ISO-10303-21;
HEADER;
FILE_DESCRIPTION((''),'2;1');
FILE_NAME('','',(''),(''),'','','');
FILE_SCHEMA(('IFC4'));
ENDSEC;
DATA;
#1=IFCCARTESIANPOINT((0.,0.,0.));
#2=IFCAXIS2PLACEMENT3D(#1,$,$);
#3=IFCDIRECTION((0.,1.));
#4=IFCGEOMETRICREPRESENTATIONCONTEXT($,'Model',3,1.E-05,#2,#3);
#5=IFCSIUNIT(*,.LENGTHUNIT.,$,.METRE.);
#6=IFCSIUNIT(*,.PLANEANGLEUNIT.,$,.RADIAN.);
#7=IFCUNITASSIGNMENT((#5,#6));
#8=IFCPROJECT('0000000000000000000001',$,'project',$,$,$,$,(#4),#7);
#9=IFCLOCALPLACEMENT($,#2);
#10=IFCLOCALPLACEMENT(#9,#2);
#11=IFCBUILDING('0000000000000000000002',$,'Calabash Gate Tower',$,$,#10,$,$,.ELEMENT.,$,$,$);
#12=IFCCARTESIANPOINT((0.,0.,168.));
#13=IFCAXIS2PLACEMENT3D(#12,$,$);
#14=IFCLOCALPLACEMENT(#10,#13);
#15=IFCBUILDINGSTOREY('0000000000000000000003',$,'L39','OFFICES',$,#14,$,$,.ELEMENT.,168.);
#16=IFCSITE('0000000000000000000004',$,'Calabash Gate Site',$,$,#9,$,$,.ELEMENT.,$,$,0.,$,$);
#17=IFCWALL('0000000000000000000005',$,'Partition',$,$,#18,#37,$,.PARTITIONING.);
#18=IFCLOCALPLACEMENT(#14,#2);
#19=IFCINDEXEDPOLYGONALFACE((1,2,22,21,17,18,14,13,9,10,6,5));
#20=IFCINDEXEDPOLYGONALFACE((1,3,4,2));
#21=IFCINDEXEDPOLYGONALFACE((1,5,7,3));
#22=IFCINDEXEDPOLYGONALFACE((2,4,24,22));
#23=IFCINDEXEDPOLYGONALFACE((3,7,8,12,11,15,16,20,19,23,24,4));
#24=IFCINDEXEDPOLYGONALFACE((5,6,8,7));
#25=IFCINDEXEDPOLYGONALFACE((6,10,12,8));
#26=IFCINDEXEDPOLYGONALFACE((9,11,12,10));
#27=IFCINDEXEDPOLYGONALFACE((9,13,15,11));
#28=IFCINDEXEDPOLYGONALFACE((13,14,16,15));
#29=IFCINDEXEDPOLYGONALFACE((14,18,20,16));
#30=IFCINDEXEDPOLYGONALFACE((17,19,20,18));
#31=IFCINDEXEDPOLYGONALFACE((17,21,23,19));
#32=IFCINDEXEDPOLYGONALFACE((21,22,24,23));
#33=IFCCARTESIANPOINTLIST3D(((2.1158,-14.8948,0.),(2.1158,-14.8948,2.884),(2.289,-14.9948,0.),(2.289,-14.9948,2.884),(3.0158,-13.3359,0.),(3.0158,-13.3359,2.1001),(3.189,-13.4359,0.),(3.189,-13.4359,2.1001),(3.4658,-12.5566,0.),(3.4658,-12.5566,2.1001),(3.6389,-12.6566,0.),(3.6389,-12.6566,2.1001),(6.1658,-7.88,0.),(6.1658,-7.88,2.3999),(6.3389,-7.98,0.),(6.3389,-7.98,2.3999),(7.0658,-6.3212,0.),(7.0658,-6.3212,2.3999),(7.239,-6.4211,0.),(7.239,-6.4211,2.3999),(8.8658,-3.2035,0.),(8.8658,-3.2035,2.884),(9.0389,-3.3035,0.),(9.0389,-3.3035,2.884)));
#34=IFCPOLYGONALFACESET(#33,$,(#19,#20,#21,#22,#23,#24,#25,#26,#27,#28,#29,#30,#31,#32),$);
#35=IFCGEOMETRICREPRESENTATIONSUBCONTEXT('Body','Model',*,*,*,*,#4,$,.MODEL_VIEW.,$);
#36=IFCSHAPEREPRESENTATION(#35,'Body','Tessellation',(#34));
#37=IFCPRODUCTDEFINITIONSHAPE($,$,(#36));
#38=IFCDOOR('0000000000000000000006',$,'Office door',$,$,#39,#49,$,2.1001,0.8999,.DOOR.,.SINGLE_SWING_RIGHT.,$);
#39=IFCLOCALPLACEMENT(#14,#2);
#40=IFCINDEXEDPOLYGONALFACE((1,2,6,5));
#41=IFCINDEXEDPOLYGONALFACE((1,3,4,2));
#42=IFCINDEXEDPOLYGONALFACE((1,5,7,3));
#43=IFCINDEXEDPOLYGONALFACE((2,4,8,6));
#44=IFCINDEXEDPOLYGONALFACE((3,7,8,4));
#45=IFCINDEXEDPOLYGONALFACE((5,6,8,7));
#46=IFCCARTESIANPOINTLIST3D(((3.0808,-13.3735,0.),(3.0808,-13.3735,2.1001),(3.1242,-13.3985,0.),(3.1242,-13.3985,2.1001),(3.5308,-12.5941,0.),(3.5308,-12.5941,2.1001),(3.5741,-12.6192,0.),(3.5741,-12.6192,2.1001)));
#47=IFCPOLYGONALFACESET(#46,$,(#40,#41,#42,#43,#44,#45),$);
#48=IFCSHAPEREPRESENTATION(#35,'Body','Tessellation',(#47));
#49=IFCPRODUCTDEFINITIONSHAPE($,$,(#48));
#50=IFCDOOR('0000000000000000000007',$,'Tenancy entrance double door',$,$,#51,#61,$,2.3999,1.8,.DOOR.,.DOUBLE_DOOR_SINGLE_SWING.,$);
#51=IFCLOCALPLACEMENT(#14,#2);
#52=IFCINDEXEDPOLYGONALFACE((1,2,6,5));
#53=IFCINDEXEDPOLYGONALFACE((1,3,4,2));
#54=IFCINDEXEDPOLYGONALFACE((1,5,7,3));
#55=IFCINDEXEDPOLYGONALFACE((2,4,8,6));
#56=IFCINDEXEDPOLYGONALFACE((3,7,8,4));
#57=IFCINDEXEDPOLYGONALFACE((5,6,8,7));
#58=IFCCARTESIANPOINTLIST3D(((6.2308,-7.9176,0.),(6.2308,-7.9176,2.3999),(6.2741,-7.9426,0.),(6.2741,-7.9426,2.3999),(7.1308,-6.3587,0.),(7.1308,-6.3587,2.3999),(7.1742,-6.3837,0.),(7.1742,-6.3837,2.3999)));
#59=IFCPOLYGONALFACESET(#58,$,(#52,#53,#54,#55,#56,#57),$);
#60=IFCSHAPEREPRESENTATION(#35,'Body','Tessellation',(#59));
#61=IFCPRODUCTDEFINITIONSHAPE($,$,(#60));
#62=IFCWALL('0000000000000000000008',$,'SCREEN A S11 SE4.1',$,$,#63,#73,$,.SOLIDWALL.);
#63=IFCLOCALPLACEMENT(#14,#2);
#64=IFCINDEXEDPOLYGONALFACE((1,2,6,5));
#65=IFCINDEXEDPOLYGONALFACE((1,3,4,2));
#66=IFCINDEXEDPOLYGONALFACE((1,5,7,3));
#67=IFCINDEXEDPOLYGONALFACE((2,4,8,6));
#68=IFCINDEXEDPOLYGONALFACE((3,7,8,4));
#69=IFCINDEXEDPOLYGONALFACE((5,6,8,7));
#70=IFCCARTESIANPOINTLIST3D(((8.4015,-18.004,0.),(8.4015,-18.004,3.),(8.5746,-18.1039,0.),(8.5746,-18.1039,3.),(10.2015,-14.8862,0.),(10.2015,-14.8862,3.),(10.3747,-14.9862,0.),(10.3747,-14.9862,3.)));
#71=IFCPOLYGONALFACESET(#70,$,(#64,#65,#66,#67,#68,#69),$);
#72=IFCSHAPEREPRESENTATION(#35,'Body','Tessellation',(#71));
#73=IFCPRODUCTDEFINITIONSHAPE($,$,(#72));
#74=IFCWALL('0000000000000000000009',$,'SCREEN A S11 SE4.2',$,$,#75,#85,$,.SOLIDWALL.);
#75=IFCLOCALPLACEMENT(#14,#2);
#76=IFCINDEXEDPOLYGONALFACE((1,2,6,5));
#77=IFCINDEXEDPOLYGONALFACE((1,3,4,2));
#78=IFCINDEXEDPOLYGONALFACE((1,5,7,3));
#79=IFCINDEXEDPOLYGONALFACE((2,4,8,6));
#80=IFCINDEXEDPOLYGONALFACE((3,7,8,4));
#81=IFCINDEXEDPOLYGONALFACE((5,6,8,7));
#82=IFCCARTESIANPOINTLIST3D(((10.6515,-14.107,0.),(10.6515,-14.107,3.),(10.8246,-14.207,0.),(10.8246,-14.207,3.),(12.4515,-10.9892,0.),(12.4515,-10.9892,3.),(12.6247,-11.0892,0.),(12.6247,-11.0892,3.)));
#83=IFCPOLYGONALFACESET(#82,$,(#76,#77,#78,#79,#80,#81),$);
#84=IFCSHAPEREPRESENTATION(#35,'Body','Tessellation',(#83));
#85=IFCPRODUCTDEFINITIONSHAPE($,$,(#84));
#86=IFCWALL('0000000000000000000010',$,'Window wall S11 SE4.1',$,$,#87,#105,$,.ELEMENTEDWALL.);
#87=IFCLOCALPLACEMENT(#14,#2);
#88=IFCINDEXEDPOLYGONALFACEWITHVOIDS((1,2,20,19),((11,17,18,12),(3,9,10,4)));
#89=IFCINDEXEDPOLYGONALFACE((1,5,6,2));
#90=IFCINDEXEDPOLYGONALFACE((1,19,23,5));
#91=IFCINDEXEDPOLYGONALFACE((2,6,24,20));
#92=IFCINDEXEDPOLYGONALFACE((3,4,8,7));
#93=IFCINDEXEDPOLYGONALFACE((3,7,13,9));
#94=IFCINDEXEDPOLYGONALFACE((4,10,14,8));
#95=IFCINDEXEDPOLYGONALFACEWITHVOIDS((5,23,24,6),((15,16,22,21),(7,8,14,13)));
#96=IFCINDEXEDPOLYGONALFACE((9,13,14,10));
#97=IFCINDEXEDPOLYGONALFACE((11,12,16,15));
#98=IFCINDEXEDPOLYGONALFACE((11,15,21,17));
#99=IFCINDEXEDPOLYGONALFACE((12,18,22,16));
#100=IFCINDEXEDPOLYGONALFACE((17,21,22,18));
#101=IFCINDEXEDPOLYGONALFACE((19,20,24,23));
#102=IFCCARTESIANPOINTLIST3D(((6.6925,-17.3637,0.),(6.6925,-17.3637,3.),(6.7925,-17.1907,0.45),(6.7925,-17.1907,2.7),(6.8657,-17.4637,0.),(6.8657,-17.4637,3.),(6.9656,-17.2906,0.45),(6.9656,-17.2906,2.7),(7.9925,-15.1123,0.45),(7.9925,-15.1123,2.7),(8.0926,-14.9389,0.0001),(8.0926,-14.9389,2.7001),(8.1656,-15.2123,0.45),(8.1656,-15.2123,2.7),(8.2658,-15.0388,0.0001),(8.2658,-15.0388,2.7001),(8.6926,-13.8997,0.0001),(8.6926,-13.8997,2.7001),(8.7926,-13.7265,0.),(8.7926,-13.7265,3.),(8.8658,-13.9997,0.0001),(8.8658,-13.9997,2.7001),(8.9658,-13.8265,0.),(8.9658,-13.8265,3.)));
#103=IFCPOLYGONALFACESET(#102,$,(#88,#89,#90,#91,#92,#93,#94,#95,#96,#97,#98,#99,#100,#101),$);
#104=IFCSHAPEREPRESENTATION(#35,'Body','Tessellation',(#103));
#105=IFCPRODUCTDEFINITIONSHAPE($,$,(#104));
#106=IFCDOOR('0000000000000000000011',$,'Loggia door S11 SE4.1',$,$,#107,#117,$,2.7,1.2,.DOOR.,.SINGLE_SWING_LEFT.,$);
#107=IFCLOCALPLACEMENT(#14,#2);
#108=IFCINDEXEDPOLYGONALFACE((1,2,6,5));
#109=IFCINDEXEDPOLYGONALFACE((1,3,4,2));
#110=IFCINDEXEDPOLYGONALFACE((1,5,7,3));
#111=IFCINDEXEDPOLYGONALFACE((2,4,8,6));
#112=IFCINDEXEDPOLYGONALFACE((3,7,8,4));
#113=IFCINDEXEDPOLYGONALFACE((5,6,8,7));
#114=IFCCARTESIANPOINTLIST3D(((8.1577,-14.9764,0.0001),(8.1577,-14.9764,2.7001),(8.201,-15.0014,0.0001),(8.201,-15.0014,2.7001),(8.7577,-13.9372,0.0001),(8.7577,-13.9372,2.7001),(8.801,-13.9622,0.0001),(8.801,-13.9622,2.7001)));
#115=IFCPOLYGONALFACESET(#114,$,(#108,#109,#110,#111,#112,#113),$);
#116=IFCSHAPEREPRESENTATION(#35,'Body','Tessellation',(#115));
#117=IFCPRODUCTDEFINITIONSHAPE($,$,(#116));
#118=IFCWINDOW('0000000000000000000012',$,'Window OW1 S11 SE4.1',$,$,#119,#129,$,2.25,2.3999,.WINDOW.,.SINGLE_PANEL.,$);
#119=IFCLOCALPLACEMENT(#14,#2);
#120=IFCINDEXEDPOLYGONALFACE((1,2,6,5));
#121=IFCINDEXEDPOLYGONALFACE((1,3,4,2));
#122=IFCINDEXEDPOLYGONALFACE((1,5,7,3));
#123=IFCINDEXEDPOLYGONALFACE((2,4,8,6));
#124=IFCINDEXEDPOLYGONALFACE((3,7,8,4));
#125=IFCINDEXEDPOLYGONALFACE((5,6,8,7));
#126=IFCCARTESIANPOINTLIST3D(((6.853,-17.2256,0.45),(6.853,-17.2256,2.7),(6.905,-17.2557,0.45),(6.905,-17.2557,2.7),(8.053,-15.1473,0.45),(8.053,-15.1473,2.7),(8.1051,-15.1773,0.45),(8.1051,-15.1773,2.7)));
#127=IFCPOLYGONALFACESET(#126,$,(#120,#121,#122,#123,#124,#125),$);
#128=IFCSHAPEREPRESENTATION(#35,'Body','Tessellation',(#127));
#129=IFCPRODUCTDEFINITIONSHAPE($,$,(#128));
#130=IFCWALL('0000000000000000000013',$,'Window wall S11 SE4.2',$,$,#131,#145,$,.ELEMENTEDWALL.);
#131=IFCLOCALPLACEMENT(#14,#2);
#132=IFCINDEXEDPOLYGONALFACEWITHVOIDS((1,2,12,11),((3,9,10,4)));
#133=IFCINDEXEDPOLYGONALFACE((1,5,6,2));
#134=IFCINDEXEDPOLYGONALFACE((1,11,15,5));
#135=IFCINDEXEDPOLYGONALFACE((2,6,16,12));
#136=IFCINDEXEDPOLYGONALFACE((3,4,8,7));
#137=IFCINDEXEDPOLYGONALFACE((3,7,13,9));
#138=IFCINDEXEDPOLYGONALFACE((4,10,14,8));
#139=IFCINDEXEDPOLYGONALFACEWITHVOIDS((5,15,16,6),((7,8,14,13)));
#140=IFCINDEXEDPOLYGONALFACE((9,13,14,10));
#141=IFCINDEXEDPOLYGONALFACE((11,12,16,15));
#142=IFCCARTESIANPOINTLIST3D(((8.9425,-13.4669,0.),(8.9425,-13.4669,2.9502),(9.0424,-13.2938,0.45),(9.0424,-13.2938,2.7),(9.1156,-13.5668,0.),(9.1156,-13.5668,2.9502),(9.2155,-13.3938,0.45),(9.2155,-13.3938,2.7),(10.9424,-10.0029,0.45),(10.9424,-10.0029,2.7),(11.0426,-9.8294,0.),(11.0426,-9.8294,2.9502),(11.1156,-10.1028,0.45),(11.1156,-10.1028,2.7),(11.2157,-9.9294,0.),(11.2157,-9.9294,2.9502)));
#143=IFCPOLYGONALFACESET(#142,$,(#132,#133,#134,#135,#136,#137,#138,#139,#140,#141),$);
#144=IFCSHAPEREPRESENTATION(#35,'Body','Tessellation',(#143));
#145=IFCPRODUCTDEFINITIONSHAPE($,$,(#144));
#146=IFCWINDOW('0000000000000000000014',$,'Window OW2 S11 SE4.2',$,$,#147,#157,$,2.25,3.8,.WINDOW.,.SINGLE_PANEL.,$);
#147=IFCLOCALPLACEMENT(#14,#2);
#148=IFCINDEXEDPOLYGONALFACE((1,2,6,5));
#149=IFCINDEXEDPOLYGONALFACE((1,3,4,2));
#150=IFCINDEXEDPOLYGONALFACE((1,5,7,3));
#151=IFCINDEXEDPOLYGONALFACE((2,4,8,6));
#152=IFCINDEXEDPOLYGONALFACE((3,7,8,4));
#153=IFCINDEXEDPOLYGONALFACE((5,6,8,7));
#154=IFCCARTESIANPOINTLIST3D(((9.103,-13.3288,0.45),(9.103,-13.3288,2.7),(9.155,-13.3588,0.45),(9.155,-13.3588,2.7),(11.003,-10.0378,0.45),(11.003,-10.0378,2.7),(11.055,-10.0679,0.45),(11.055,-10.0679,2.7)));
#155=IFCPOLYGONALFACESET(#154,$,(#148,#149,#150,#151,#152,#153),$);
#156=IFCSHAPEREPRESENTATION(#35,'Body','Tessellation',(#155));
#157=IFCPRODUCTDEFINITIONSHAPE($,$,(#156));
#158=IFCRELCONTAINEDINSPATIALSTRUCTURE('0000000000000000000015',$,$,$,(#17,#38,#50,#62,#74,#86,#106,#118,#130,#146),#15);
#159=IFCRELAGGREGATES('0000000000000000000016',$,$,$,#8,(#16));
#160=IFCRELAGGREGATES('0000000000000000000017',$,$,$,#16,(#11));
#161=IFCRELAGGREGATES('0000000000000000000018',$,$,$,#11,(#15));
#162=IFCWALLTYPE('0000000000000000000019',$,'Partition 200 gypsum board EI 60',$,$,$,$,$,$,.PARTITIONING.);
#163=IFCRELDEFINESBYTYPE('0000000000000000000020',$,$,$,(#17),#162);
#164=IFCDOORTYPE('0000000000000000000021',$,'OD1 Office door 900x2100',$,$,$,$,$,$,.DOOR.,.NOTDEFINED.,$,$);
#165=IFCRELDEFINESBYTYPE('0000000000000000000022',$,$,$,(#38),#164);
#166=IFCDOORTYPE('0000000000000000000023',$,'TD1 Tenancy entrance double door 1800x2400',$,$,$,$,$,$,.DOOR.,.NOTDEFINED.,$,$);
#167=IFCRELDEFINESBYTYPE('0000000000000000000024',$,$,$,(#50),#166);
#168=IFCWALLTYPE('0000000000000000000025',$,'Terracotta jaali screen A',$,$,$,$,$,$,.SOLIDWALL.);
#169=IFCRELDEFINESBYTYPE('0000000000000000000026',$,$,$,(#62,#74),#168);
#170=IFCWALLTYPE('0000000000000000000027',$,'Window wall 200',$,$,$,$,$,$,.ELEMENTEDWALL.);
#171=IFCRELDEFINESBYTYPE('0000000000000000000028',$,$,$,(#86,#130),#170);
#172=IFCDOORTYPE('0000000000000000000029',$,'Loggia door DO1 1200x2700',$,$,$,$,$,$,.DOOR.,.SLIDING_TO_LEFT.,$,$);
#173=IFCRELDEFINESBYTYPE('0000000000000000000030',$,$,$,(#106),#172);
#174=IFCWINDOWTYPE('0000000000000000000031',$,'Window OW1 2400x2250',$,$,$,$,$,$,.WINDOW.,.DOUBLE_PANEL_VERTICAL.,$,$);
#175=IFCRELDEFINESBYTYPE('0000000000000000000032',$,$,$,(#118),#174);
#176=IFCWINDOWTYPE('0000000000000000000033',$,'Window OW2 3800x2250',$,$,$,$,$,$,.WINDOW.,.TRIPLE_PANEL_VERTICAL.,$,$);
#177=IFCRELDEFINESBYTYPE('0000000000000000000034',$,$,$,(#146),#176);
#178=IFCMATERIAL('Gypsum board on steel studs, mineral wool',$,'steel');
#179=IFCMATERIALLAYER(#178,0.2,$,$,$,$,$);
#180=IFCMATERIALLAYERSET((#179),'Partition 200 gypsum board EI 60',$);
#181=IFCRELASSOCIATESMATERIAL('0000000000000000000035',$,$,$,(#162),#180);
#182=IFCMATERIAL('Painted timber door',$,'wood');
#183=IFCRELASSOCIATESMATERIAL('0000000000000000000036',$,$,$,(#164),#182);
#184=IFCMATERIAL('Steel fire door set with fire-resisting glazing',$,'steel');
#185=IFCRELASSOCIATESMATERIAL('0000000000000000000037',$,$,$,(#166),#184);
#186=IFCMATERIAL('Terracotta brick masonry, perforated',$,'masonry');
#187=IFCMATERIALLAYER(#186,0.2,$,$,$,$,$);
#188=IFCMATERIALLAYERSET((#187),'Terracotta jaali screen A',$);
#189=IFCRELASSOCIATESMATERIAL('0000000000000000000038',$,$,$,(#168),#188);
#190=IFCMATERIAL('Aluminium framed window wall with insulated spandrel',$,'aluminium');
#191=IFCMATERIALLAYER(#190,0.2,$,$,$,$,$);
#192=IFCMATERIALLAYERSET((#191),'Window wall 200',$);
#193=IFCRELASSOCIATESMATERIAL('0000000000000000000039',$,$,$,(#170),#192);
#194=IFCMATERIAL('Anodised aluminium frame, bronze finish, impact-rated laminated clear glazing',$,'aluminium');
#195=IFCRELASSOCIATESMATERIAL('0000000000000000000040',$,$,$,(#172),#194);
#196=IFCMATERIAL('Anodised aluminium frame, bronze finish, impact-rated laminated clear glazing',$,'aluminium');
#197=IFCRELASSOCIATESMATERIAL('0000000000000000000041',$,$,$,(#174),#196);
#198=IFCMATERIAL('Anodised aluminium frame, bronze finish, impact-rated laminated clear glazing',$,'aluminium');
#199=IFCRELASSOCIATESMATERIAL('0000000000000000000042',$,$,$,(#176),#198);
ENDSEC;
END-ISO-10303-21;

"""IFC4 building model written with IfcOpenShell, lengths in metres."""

from ifc_helpers import new_model, si_unit, direction, frame, frame_2d, origin, place, context, subcontext, project, spatial, rectangle, extrude, material, layer, layer_set, type_object, element, fill, save


model = new_model("IFC4")

# Units and contexts
model_context = context("Model", 3, precision=1e-05, world=origin(), true_north=direction((0.0, 1.0)))
body_context = subcontext(model_context, "Body", "Model", "MODEL_VIEW")
ifc_project = project(units=[si_unit("LENGTHUNIT", "METRE"), si_unit("PLANEANGLEUNIT", "RADIAN")], contexts=[model_context])

# Site, building, storey
site_placement = place(None, origin())
site = spatial("IfcSite", under=ifc_project, at=site_placement, Name="Calabash Gate Site", CompositionType="ELEMENT", RefElevation=0.0)
building_placement = place(site_placement, origin())
building = spatial("IfcBuilding", under=site, at=building_placement, Name="Calabash Gate Tower", CompositionType="ELEMENT")
storey_placement = place(building_placement, frame((0.0, 0.0, 168.0)))
storey = spatial("IfcBuildingStorey", under=building, at=storey_placement, Name="L39", Description="OFFICES", CompositionType="ELEMENT", Elevation=168.0)

# Shared definitions
ifc_material_1 = material(Name="Gypsum board on steel studs, mineral wool", Category="steel")
ifc_layer_1 = layer(ifc_material_1, 0.2)
ifc_layer_set_1 = layer_set([ifc_layer_1], Name="Partition 200 gypsum board EI 60")
wall_type_1 = type_object("IfcWallType", Name="Partition 200 gypsum board EI 60", PredefinedType="PARTITIONING", material=ifc_layer_set_1)

# Wall, openings, doors
wall_1_placement = place(storey_placement, frame((2.2024, -14.9448, 0.0), z_axis=(0.0, 0.0, 1.0), x_axis=(0.499998, 0.866027, 0.0)))
wall_1 = element("IfcWall", 1, at=wall_1_placement, inside=storey, type_object=wall_type_1, Name="Partition", PredefinedType="PARTITIONING", context=body_context, shape_type="SweptSolid", body=[
    extrude(rectangle(XDim=13.5, YDim=0.2, at=frame_2d((6.75, 0.0))), origin(), (0.0, 0.0, 1.0), 2.884),
])
opening_1_placement = place(wall_1_placement, frame((1.8, 0.0, 0.0)))
opening_1 = element("IfcOpeningElement", 2, at=opening_1_placement, cuts=wall_1, PredefinedType="OPENING", context=body_context, shape_type="SweptSolid", body=[
    extrude(rectangle(XDim=0.8999, YDim=2.1001, at=frame_2d((0.45, 1.05))), frame((0.0, 0.1099, 0.0), z_axis=(0.0, -1.0, 0.0), x_axis=(1.0, 0.0, 0.0)), (0.0, 0.0, 1.0), 0.22),
])
opening_2_placement = place(wall_1_placement, frame((8.1001, 0.0, 0.0)))
opening_2 = element("IfcOpeningElement", 3, at=opening_2_placement, cuts=wall_1, PredefinedType="OPENING", context=body_context, shape_type="SweptSolid", body=[
    extrude(rectangle(XDim=1.8, YDim=2.3999, at=frame_2d((0.8999, 1.2))), frame((0.0, 0.1099, 0.0), z_axis=(0.0, -1.0, 0.0), x_axis=(1.0, 0.0, 0.0)), (0.0, 0.0, 1.0), 0.22),
])
ifc_material_2 = material(Name="Painted timber door", Category="wood")
door_type_1 = type_object("IfcDoorType", Name="OD1 Office door 900x2100", OperationType="NOTDEFINED", PredefinedType="DOOR", material=ifc_material_2)
door_1_placement = place(opening_1_placement, origin())
door_1 = element("IfcDoor", 4, at=door_1_placement, inside=storey, type_object=door_type_1, Name="Office door", OperationType="SINGLE_SWING_RIGHT", OverallHeight=2.1001, OverallWidth=0.8999, PredefinedType="DOOR", context=body_context, shape_type="SweptSolid", body=[
    extrude(rectangle(XDim=0.8999, YDim=2.1001, at=frame_2d((0.45, 1.05))), frame((0.0, 0.0249, 0.0), z_axis=(0.0, -1.0, 0.0), x_axis=(1.0, 0.0, 0.0)), (0.0, 0.0, 1.0), 0.05),
])
fill(opening_1, door_1)
ifc_material_3 = material(Name="Steel fire door set with fire-resisting glazing", Category="steel")
door_type_2 = type_object("IfcDoorType", Name="TD1 Tenancy entrance double door 1800x2400", OperationType="NOTDEFINED", PredefinedType="DOOR", material=ifc_material_3)
door_2_placement = place(opening_2_placement, origin())
door_2 = element("IfcDoor", 5, at=door_2_placement, inside=storey, type_object=door_type_2, Name="Tenancy entrance double door", OperationType="DOUBLE_DOOR_SINGLE_SWING", OverallHeight=2.3999, OverallWidth=1.8, PredefinedType="DOOR", context=body_context, shape_type="SweptSolid", body=[
    extrude(rectangle(XDim=1.8, YDim=2.3999, at=frame_2d((0.8999, 1.2))), frame((0.0, 0.0249, 0.0), z_axis=(0.0, -1.0, 0.0), x_axis=(1.0, 0.0, 0.0)), (0.0, 0.0, 1.0), 0.05),
])
fill(opening_2, door_2)

# Walls
ifc_material_4 = material(Name="Terracotta brick masonry, perforated", Category="masonry")
ifc_layer_2 = layer(ifc_material_4, 0.2)
ifc_layer_set_2 = layer_set([ifc_layer_2], Name="Terracotta jaali screen A")
wall_type_2 = type_object("IfcWallType", Name="Terracotta jaali screen A", PredefinedType="SOLIDWALL", material=ifc_layer_set_2)
for number, where, z_axis, x_axis, name in (
    (6, (8.488, -18.054, 0.0), (0.0, 0.0, 1.0), (0.500012, 0.866018, 0.0), "SCREEN A S11 SE4.1"),
    (7, (10.738, -14.157, 0.0), (0.0, 0.0, 1.0), (0.500012, 0.866018, 0.0), "SCREEN A S11 SE4.2"),
):
    element("IfcWall", number, at=place(storey_placement, frame(where, z_axis=z_axis, x_axis=x_axis)), inside=storey, type_object=wall_type_2, Name=name, PredefinedType="SOLIDWALL", context=body_context, shape_type="SweptSolid", body=[
        extrude(rectangle(XDim=3.6001, YDim=0.2, at=frame_2d((1.8, 0.0))), origin(), (0.0, 0.0, 1.0), 3.0),
    ])

# Wall, openings, door, window
ifc_material_5 = material(Name="Aluminium framed window wall with insulated spandrel", Category="aluminium")
ifc_layer_3 = layer(ifc_material_5, 0.2)
ifc_layer_set_3 = layer_set([ifc_layer_3], Name="Window wall 200")
wall_type_3 = type_object("IfcWallType", Name="Window wall 200", PredefinedType="ELEMENTEDWALL", material=ifc_layer_set_3)
wall_2_placement = place(storey_placement, frame((6.7791, -17.4138, 0.0), z_axis=(0.0, 0.0, 1.0), x_axis=(0.500028, 0.866009, 0.0)))
wall_2 = element("IfcWall", 8, at=wall_2_placement, inside=storey, type_object=wall_type_3, Name="Window wall S11 SE4.1", PredefinedType="ELEMENTEDWALL", context=body_context, shape_type="SweptSolid", body=[
    extrude(rectangle(XDim=4.2, YDim=0.2, at=frame_2d((2.1001, 0.0))), origin(), (0.0, 0.0, 1.0), 3.0),
])
opening_3_placement = place(wall_2_placement, frame((0.2, 0.0, 0.45)))
opening_3 = element("IfcOpeningElement", 9, at=opening_3_placement, cuts=wall_2, PredefinedType="OPENING", context=body_context, shape_type="SweptSolid", body=[
    extrude(rectangle(XDim=2.3999, YDim=2.25, at=frame_2d((1.2, 1.125))), frame((0.0, 0.1099, 0.0), z_axis=(0.0, -1.0, 0.0), x_axis=(1.0, 0.0, 0.0)), (0.0, 0.0, 1.0), 0.22),
])
opening_4_placement = place(wall_2_placement, frame((2.8, 0.0, 0.0)))
opening_4 = element("IfcOpeningElement", 10, at=opening_4_placement, cuts=wall_2, PredefinedType="OPENING", context=body_context, shape_type="SweptSolid", body=[
    extrude(rectangle(XDim=1.2, YDim=2.7, at=frame_2d((0.6001, 1.3501))), frame((0.0, 0.1099, 0.0), z_axis=(0.0, -1.0, 0.0), x_axis=(1.0, 0.0, 0.0)), (0.0, 0.0, 1.0), 0.22),
])
ifc_material_6 = material(Name="Anodised aluminium frame, bronze finish, impact-rated laminated clear glazing", Category="aluminium")
door_type_3 = type_object("IfcDoorType", Name="Loggia door DO1 1200x2700", OperationType="SLIDING_TO_LEFT", PredefinedType="DOOR", material=ifc_material_6)
door_3_placement = place(opening_4_placement, origin())
door_3 = element("IfcDoor", 11, at=door_3_placement, inside=storey, type_object=door_type_3, Name="Loggia door S11 SE4.1", OperationType="SINGLE_SWING_LEFT", OverallHeight=2.7, OverallWidth=1.2, PredefinedType="DOOR", context=body_context, shape_type="SweptSolid", body=[
    extrude(rectangle(XDim=1.2, YDim=2.7, at=frame_2d((0.6001, 1.3501))), frame((0.0, 0.0249, 0.0), z_axis=(0.0, -1.0, 0.0), x_axis=(1.0, 0.0, 0.0)), (0.0, 0.0, 1.0), 0.05),
])
fill(opening_4, door_3)
ifc_material_7 = material(Name="Anodised aluminium frame, bronze finish, impact-rated laminated clear glazing", Category="aluminium")
window_type_1 = type_object("IfcWindowType", Name="Window OW1 2400x2250", PartitioningType="DOUBLE_PANEL_VERTICAL", PredefinedType="WINDOW", material=ifc_material_7)
window_1_placement = place(opening_3_placement, origin())
window_1 = element("IfcWindow", 12, at=window_1_placement, inside=storey, type_object=window_type_1, Name="Window OW1 S11 SE4.1", OverallHeight=2.25, OverallWidth=2.3999, PartitioningType="SINGLE_PANEL", PredefinedType="WINDOW", context=body_context, shape_type="SweptSolid", body=[
    extrude(rectangle(XDim=2.3999, YDim=2.25, at=frame_2d((1.2, 1.125))), frame((0.0, 0.03, 0.0), z_axis=(0.0, -1.0, 0.0), x_axis=(1.0, 0.0, 0.0)), (0.0, 0.0, 1.0), 0.0601),
])
fill(opening_3, window_1)

# Wall, opening, window
wall_3_placement = place(storey_placement, frame((9.0291, -13.5168, 0.0), z_axis=(0.0, 0.0, 1.0), x_axis=(0.500003, 0.866024, 0.0)))
wall_3 = element("IfcWall", 13, at=wall_3_placement, inside=storey, type_object=wall_type_3, Name="Window wall S11 SE4.2", PredefinedType="ELEMENTEDWALL", context=body_context, shape_type="SweptSolid", body=[
    extrude(rectangle(XDim=4.2002, YDim=0.2, at=frame_2d((2.1001, 0.0))), origin(), (0.0, 0.0, 1.0), 2.9502),
])
opening_5_placement = place(wall_3_placement, frame((0.2, 0.0, 0.45)))
opening_5 = element("IfcOpeningElement", 14, at=opening_5_placement, cuts=wall_3, PredefinedType="OPENING", context=body_context, shape_type="SweptSolid", body=[
    extrude(rectangle(XDim=3.8, YDim=2.25, at=frame_2d((1.8999, 1.125))), frame((0.0, 0.1099, 0.0), z_axis=(0.0, -1.0, 0.0), x_axis=(1.0, 0.0, 0.0)), (0.0, 0.0, 1.0), 0.22),
])
ifc_material_8 = material(Name="Anodised aluminium frame, bronze finish, impact-rated laminated clear glazing", Category="aluminium")
window_type_2 = type_object("IfcWindowType", Name="Window OW2 3800x2250", PartitioningType="TRIPLE_PANEL_VERTICAL", PredefinedType="WINDOW", material=ifc_material_8)
window_2_placement = place(opening_5_placement, origin())
window_2 = element("IfcWindow", 15, at=window_2_placement, inside=storey, type_object=window_type_2, Name="Window OW2 S11 SE4.2", OverallHeight=2.25, OverallWidth=3.8, PartitioningType="SINGLE_PANEL", PredefinedType="WINDOW", context=body_context, shape_type="SweptSolid", body=[
    extrude(rectangle(XDim=3.8, YDim=2.25, at=frame_2d((1.8999, 1.125))), frame((0.0, 0.03, 0.0), z_axis=(0.0, -1.0, 0.0), x_axis=(1.0, 0.0, 0.0)), (0.0, 0.0, 1.0), 0.0601),
])
fill(opening_5, window_2)

save(model, "model.ifc")
